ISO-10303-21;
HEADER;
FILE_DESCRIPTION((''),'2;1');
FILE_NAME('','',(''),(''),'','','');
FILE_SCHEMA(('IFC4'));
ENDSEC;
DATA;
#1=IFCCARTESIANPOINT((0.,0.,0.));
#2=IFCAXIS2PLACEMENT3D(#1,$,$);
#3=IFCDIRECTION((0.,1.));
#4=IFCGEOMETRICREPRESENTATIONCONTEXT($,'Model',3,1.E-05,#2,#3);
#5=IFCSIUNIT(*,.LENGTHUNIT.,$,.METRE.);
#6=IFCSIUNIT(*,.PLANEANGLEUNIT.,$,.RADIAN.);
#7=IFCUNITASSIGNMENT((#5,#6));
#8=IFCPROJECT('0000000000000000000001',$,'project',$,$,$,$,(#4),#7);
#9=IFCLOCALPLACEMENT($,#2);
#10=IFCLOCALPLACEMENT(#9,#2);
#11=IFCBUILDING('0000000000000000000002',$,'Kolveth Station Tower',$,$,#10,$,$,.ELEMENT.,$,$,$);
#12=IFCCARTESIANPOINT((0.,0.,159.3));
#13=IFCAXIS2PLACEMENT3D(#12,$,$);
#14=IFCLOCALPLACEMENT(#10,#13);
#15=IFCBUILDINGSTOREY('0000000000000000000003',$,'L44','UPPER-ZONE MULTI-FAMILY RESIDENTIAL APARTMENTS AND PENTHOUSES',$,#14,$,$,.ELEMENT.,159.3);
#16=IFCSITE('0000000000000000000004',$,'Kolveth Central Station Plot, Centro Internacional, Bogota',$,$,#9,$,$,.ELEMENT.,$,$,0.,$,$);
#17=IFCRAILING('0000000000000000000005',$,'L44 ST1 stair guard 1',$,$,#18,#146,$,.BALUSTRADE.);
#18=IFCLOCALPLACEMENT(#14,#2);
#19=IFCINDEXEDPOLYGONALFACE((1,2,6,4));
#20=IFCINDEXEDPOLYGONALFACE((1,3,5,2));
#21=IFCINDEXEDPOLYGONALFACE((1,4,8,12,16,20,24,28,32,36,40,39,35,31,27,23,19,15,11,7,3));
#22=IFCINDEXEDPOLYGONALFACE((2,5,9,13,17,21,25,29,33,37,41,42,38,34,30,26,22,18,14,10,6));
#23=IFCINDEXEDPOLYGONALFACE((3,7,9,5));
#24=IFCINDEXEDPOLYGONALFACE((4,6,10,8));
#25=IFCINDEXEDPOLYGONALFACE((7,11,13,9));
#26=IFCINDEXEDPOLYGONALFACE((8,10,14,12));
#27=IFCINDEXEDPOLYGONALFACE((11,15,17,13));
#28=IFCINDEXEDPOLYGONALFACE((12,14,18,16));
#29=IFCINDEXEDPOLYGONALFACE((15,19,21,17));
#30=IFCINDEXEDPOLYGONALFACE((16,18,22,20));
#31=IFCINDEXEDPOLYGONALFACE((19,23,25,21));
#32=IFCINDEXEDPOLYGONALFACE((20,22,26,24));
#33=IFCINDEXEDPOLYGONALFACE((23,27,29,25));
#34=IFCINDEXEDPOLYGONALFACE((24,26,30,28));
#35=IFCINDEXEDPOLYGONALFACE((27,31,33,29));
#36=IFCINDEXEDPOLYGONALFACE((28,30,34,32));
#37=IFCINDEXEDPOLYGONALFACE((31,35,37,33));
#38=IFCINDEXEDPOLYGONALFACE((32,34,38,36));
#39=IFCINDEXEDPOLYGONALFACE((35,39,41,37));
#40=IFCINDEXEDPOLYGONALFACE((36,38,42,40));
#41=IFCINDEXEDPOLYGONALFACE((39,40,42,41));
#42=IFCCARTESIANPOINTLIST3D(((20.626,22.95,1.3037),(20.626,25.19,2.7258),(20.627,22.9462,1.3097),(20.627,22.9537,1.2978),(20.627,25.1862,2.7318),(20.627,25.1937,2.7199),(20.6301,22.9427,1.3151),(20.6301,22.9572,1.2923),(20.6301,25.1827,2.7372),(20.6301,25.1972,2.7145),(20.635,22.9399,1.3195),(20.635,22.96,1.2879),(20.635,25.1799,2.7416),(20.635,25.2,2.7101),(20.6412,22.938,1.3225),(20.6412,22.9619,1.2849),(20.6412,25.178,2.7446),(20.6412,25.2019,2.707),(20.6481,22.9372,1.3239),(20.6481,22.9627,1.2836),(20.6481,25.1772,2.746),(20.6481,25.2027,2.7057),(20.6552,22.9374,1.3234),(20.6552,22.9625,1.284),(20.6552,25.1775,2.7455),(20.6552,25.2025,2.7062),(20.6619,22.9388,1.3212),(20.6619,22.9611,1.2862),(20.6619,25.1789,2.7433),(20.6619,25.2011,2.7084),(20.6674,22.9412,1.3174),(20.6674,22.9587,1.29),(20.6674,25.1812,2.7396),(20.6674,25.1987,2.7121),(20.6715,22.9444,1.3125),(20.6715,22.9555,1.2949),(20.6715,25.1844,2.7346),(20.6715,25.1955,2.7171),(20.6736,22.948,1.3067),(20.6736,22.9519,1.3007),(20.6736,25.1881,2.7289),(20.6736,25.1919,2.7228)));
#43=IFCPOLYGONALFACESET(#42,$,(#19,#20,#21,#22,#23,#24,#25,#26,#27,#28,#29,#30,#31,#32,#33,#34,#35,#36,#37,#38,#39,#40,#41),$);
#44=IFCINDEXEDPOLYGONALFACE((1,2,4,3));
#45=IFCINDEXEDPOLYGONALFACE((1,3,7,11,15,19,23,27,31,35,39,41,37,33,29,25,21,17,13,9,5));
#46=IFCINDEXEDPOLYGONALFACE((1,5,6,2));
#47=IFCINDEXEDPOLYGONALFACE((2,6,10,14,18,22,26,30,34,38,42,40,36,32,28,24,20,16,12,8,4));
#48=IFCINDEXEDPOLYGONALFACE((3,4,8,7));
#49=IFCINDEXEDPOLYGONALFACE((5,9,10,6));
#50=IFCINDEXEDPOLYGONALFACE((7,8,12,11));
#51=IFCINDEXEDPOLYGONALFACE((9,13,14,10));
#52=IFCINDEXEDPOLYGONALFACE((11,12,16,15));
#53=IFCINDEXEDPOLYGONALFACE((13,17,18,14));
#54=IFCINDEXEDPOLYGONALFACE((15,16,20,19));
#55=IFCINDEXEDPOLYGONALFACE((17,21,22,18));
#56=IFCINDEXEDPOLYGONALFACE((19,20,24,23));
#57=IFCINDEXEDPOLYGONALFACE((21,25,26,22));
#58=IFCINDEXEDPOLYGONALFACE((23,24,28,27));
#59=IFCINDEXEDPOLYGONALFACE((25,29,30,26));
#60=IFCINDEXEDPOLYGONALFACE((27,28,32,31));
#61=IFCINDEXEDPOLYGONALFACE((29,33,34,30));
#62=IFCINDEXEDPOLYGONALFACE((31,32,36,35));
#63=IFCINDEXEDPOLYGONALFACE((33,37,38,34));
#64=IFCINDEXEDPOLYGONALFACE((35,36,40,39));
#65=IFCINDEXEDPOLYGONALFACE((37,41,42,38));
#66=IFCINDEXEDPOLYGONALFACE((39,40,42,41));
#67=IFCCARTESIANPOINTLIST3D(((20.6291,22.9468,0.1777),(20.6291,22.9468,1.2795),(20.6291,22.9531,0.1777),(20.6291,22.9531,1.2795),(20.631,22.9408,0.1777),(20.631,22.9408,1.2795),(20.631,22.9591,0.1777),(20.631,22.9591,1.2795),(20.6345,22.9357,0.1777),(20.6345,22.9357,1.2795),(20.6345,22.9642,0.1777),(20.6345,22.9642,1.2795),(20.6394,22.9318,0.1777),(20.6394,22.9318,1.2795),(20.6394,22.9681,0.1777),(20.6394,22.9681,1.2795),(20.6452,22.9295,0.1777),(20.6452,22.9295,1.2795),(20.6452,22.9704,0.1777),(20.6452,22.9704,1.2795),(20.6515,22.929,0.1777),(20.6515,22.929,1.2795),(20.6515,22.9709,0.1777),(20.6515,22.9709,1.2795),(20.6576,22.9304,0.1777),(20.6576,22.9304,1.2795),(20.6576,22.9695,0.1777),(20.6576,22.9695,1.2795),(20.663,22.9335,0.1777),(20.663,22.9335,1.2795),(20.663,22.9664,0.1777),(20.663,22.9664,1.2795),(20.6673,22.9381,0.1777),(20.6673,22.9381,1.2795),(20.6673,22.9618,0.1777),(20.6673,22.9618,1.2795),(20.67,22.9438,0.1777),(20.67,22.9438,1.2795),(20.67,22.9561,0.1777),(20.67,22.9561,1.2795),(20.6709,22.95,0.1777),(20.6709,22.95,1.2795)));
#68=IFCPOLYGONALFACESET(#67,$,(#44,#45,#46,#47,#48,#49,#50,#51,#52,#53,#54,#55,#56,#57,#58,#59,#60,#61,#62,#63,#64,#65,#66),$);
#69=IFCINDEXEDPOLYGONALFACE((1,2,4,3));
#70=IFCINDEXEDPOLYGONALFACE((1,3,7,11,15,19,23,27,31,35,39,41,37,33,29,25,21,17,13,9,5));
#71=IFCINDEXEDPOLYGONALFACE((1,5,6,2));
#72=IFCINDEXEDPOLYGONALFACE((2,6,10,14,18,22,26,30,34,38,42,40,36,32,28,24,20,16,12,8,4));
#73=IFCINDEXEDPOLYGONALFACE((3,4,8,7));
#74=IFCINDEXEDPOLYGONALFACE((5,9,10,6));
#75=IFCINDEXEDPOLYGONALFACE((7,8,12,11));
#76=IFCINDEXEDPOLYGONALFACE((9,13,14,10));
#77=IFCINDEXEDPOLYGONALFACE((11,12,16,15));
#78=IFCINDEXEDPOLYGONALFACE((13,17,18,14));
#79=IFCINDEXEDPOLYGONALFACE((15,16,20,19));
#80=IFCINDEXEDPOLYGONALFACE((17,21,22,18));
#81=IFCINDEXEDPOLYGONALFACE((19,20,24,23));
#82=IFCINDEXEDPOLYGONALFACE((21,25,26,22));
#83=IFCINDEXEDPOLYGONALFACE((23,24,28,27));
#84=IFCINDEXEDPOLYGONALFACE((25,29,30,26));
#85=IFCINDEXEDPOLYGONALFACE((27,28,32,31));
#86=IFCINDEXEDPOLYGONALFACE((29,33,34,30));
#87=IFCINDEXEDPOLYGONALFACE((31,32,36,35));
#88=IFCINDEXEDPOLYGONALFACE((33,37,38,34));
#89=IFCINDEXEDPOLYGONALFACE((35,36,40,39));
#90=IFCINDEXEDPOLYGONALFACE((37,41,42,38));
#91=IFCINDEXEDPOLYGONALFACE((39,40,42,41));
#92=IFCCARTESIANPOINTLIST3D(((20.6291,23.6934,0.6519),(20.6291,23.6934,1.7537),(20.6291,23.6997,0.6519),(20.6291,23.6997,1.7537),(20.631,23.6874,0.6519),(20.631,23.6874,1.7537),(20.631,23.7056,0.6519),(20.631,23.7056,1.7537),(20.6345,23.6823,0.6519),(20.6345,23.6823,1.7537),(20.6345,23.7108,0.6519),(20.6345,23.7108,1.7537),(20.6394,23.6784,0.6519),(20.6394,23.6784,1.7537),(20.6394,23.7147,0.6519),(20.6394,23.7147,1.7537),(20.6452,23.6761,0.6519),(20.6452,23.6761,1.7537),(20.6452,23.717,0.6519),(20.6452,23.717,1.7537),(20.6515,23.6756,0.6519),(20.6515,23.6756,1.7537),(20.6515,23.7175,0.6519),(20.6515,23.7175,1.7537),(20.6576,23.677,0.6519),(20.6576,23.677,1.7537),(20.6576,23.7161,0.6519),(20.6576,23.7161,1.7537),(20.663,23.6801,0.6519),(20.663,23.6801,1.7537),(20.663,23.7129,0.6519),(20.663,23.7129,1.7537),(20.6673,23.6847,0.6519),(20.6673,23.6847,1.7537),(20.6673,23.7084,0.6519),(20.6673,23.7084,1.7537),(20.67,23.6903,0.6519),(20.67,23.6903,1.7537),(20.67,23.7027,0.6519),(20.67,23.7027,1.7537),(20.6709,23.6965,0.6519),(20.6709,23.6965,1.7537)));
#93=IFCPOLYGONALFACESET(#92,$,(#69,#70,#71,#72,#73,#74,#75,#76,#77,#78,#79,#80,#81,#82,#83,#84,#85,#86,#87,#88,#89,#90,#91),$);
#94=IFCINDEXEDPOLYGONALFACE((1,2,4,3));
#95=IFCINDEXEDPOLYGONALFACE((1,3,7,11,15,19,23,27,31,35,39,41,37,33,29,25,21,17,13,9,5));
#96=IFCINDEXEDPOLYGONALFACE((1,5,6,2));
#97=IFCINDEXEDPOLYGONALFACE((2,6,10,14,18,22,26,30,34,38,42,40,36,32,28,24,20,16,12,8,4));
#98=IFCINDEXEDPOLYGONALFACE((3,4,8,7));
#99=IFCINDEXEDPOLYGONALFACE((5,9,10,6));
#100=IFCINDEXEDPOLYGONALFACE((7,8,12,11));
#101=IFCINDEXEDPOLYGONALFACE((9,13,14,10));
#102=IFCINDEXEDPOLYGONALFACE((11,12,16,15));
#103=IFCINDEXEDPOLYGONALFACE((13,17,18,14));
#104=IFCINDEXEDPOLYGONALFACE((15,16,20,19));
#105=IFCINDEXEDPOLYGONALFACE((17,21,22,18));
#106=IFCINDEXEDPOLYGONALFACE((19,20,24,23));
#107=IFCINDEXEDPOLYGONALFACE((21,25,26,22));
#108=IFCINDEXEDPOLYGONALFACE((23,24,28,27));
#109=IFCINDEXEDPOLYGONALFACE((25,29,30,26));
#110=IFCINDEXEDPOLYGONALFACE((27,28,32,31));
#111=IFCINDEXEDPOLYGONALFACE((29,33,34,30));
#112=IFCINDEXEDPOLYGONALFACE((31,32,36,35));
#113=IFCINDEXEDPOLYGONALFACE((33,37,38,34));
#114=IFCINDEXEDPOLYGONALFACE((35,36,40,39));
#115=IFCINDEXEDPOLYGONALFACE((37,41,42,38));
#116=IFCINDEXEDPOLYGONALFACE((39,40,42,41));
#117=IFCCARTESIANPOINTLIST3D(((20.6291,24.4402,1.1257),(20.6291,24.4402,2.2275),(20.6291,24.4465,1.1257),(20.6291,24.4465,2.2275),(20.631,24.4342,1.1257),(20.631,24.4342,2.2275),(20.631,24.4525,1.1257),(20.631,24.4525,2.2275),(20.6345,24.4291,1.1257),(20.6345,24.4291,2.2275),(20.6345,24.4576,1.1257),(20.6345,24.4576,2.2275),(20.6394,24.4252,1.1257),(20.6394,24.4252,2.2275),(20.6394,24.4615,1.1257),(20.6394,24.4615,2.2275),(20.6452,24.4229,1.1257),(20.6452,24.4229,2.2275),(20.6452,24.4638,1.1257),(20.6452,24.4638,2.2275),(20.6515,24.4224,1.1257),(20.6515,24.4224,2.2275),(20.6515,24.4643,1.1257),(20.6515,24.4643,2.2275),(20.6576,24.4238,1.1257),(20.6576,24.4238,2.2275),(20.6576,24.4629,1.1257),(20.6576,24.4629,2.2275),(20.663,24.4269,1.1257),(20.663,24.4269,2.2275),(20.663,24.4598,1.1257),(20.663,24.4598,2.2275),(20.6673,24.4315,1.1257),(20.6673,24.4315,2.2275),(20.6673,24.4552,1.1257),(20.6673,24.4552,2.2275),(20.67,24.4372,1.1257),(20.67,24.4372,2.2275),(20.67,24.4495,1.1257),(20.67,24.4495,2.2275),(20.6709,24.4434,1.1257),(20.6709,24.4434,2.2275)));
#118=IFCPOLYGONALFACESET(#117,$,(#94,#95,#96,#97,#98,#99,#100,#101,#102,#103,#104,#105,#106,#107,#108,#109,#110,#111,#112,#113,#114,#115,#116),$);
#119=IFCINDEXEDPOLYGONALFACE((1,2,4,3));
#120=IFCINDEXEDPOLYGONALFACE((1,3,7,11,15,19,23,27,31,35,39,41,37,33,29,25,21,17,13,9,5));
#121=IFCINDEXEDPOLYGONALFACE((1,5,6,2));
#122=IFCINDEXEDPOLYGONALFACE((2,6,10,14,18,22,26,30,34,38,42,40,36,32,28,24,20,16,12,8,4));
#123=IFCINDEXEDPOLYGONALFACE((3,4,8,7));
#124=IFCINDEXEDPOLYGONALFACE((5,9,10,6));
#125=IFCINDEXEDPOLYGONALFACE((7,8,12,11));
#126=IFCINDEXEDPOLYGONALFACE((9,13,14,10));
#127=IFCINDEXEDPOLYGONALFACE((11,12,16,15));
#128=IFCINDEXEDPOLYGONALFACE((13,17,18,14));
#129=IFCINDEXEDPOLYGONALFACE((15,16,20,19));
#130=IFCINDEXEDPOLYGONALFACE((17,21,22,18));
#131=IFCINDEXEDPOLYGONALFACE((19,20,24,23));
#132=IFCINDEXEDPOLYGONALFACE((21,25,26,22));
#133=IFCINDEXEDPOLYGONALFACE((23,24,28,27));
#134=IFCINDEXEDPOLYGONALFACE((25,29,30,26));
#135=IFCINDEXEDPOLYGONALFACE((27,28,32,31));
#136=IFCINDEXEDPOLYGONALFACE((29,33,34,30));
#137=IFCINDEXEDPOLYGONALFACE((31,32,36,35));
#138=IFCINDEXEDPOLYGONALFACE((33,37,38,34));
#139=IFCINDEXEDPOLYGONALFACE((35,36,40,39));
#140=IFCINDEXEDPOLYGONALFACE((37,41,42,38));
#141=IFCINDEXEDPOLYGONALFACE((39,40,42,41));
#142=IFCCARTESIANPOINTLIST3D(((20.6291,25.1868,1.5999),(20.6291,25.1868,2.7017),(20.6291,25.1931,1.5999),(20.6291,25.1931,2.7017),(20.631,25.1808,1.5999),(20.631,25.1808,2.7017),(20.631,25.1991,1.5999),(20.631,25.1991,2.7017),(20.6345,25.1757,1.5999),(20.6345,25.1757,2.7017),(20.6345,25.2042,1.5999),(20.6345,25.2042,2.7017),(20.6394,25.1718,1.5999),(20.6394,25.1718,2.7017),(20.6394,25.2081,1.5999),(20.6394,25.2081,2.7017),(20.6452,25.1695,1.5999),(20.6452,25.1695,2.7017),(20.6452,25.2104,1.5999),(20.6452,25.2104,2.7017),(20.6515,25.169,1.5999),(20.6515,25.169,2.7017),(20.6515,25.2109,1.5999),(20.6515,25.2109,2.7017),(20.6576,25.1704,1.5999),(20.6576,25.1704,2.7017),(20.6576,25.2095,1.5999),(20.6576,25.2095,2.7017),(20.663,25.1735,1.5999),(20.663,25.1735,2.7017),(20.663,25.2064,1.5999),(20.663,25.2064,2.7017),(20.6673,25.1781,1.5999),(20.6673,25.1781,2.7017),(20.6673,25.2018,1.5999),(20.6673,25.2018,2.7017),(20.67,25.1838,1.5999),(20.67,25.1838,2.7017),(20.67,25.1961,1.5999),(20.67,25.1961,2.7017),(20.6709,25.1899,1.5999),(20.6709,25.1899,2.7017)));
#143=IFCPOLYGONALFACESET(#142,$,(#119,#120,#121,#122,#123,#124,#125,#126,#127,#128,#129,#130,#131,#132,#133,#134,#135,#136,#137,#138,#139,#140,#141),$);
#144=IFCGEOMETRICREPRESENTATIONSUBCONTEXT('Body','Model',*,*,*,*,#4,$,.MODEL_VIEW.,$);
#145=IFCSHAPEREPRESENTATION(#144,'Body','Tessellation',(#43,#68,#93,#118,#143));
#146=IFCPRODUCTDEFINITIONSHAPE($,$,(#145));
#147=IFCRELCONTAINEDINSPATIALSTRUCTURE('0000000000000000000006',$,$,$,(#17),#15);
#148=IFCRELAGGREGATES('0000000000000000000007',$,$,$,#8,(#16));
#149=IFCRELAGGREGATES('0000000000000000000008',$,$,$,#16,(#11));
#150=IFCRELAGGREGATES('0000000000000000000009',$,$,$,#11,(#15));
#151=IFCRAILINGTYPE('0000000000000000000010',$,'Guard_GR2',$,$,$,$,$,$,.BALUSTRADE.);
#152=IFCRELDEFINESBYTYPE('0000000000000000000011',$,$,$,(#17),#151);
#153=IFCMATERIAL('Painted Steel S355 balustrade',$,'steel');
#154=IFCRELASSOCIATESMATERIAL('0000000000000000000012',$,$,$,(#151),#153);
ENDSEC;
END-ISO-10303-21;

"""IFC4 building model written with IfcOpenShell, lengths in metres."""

from ifc_helpers import new_model, si_unit, direction, frame, origin, origin_2d, place, context, subcontext, project, spatial, circle, extrude, material, type_object, element, save


model = new_model("IFC4")

# Units and contexts
model_context = context("Model", 3, precision=1e-05, world=origin(), true_north=direction((0.0, 1.0)))
body_context = subcontext(model_context, "Body", "Model", "MODEL_VIEW")
ifc_project = project(units=[si_unit("LENGTHUNIT", "METRE"), si_unit("PLANEANGLEUNIT", "RADIAN")], contexts=[model_context])

# Site, building, storey
site_placement = place(None, origin())
site = spatial("IfcSite", under=ifc_project, at=site_placement, Name="Kolveth Central Station Plot, Centro Internacional, Bogota", CompositionType="ELEMENT", RefElevation=0.0)
building_placement = place(site_placement, origin())
building = spatial("IfcBuilding", under=site, at=building_placement, Name="Kolveth Station Tower", CompositionType="ELEMENT")
storey_placement = place(building_placement, frame((0.0, 0.0, 159.3)))
storey = spatial("IfcBuildingStorey", under=building, at=storey_placement, Name="L44", Description="UPPER-ZONE MULTI-FAMILY RESIDENTIAL APARTMENTS AND PENTHOUSES", CompositionType="ELEMENT", Elevation=159.3)

# Railing
ifc_material_1 = material(Name="Painted Steel S355 balustrade", Category="steel")
railing_type_1 = type_object("IfcRailingType", Name="Guard_GR2", PredefinedType="BALUSTRADE", material=ifc_material_1)
railing_1_placement = place(storey_placement, frame((20.6499, 22.95, 0.1777)))
element("IfcRailing", 1, at=railing_1_placement, inside=storey, type_object=railing_type_1, Name="L44 ST1 stair guard 1", PredefinedType="BALUSTRADE", context=body_context, shape_type="SweptSolid", body=[
    extrude(circle(Radius=0.0239, at=origin_2d()), frame((0.0, 0.0, 1.126), z_axis=(0.0, 0.844229, 0.535982), x_axis=(-1.0, 0.0, 0.0)), (0.0, 0.0, 1.0), 2.6533),
    extrude(circle(Radius=0.021, at=origin_2d()), origin(), (0.0, 0.0, 1.0), 1.1018),
    extrude(circle(Radius=0.021, at=origin_2d()), frame((0.0, 0.7466, 0.4741)), (0.0, 0.0, 1.0), 1.1018),
    extrude(circle(Radius=0.021, at=origin_2d()), frame((0.0, 1.4934, 0.948)), (0.0, 0.0, 1.0), 1.1018),
    extrude(circle(Radius=0.021, at=origin_2d()), frame((0.0, 2.24, 1.4221)), (0.0, 0.0, 1.0), 1.1018),
])

save(model, "model.ifc")
